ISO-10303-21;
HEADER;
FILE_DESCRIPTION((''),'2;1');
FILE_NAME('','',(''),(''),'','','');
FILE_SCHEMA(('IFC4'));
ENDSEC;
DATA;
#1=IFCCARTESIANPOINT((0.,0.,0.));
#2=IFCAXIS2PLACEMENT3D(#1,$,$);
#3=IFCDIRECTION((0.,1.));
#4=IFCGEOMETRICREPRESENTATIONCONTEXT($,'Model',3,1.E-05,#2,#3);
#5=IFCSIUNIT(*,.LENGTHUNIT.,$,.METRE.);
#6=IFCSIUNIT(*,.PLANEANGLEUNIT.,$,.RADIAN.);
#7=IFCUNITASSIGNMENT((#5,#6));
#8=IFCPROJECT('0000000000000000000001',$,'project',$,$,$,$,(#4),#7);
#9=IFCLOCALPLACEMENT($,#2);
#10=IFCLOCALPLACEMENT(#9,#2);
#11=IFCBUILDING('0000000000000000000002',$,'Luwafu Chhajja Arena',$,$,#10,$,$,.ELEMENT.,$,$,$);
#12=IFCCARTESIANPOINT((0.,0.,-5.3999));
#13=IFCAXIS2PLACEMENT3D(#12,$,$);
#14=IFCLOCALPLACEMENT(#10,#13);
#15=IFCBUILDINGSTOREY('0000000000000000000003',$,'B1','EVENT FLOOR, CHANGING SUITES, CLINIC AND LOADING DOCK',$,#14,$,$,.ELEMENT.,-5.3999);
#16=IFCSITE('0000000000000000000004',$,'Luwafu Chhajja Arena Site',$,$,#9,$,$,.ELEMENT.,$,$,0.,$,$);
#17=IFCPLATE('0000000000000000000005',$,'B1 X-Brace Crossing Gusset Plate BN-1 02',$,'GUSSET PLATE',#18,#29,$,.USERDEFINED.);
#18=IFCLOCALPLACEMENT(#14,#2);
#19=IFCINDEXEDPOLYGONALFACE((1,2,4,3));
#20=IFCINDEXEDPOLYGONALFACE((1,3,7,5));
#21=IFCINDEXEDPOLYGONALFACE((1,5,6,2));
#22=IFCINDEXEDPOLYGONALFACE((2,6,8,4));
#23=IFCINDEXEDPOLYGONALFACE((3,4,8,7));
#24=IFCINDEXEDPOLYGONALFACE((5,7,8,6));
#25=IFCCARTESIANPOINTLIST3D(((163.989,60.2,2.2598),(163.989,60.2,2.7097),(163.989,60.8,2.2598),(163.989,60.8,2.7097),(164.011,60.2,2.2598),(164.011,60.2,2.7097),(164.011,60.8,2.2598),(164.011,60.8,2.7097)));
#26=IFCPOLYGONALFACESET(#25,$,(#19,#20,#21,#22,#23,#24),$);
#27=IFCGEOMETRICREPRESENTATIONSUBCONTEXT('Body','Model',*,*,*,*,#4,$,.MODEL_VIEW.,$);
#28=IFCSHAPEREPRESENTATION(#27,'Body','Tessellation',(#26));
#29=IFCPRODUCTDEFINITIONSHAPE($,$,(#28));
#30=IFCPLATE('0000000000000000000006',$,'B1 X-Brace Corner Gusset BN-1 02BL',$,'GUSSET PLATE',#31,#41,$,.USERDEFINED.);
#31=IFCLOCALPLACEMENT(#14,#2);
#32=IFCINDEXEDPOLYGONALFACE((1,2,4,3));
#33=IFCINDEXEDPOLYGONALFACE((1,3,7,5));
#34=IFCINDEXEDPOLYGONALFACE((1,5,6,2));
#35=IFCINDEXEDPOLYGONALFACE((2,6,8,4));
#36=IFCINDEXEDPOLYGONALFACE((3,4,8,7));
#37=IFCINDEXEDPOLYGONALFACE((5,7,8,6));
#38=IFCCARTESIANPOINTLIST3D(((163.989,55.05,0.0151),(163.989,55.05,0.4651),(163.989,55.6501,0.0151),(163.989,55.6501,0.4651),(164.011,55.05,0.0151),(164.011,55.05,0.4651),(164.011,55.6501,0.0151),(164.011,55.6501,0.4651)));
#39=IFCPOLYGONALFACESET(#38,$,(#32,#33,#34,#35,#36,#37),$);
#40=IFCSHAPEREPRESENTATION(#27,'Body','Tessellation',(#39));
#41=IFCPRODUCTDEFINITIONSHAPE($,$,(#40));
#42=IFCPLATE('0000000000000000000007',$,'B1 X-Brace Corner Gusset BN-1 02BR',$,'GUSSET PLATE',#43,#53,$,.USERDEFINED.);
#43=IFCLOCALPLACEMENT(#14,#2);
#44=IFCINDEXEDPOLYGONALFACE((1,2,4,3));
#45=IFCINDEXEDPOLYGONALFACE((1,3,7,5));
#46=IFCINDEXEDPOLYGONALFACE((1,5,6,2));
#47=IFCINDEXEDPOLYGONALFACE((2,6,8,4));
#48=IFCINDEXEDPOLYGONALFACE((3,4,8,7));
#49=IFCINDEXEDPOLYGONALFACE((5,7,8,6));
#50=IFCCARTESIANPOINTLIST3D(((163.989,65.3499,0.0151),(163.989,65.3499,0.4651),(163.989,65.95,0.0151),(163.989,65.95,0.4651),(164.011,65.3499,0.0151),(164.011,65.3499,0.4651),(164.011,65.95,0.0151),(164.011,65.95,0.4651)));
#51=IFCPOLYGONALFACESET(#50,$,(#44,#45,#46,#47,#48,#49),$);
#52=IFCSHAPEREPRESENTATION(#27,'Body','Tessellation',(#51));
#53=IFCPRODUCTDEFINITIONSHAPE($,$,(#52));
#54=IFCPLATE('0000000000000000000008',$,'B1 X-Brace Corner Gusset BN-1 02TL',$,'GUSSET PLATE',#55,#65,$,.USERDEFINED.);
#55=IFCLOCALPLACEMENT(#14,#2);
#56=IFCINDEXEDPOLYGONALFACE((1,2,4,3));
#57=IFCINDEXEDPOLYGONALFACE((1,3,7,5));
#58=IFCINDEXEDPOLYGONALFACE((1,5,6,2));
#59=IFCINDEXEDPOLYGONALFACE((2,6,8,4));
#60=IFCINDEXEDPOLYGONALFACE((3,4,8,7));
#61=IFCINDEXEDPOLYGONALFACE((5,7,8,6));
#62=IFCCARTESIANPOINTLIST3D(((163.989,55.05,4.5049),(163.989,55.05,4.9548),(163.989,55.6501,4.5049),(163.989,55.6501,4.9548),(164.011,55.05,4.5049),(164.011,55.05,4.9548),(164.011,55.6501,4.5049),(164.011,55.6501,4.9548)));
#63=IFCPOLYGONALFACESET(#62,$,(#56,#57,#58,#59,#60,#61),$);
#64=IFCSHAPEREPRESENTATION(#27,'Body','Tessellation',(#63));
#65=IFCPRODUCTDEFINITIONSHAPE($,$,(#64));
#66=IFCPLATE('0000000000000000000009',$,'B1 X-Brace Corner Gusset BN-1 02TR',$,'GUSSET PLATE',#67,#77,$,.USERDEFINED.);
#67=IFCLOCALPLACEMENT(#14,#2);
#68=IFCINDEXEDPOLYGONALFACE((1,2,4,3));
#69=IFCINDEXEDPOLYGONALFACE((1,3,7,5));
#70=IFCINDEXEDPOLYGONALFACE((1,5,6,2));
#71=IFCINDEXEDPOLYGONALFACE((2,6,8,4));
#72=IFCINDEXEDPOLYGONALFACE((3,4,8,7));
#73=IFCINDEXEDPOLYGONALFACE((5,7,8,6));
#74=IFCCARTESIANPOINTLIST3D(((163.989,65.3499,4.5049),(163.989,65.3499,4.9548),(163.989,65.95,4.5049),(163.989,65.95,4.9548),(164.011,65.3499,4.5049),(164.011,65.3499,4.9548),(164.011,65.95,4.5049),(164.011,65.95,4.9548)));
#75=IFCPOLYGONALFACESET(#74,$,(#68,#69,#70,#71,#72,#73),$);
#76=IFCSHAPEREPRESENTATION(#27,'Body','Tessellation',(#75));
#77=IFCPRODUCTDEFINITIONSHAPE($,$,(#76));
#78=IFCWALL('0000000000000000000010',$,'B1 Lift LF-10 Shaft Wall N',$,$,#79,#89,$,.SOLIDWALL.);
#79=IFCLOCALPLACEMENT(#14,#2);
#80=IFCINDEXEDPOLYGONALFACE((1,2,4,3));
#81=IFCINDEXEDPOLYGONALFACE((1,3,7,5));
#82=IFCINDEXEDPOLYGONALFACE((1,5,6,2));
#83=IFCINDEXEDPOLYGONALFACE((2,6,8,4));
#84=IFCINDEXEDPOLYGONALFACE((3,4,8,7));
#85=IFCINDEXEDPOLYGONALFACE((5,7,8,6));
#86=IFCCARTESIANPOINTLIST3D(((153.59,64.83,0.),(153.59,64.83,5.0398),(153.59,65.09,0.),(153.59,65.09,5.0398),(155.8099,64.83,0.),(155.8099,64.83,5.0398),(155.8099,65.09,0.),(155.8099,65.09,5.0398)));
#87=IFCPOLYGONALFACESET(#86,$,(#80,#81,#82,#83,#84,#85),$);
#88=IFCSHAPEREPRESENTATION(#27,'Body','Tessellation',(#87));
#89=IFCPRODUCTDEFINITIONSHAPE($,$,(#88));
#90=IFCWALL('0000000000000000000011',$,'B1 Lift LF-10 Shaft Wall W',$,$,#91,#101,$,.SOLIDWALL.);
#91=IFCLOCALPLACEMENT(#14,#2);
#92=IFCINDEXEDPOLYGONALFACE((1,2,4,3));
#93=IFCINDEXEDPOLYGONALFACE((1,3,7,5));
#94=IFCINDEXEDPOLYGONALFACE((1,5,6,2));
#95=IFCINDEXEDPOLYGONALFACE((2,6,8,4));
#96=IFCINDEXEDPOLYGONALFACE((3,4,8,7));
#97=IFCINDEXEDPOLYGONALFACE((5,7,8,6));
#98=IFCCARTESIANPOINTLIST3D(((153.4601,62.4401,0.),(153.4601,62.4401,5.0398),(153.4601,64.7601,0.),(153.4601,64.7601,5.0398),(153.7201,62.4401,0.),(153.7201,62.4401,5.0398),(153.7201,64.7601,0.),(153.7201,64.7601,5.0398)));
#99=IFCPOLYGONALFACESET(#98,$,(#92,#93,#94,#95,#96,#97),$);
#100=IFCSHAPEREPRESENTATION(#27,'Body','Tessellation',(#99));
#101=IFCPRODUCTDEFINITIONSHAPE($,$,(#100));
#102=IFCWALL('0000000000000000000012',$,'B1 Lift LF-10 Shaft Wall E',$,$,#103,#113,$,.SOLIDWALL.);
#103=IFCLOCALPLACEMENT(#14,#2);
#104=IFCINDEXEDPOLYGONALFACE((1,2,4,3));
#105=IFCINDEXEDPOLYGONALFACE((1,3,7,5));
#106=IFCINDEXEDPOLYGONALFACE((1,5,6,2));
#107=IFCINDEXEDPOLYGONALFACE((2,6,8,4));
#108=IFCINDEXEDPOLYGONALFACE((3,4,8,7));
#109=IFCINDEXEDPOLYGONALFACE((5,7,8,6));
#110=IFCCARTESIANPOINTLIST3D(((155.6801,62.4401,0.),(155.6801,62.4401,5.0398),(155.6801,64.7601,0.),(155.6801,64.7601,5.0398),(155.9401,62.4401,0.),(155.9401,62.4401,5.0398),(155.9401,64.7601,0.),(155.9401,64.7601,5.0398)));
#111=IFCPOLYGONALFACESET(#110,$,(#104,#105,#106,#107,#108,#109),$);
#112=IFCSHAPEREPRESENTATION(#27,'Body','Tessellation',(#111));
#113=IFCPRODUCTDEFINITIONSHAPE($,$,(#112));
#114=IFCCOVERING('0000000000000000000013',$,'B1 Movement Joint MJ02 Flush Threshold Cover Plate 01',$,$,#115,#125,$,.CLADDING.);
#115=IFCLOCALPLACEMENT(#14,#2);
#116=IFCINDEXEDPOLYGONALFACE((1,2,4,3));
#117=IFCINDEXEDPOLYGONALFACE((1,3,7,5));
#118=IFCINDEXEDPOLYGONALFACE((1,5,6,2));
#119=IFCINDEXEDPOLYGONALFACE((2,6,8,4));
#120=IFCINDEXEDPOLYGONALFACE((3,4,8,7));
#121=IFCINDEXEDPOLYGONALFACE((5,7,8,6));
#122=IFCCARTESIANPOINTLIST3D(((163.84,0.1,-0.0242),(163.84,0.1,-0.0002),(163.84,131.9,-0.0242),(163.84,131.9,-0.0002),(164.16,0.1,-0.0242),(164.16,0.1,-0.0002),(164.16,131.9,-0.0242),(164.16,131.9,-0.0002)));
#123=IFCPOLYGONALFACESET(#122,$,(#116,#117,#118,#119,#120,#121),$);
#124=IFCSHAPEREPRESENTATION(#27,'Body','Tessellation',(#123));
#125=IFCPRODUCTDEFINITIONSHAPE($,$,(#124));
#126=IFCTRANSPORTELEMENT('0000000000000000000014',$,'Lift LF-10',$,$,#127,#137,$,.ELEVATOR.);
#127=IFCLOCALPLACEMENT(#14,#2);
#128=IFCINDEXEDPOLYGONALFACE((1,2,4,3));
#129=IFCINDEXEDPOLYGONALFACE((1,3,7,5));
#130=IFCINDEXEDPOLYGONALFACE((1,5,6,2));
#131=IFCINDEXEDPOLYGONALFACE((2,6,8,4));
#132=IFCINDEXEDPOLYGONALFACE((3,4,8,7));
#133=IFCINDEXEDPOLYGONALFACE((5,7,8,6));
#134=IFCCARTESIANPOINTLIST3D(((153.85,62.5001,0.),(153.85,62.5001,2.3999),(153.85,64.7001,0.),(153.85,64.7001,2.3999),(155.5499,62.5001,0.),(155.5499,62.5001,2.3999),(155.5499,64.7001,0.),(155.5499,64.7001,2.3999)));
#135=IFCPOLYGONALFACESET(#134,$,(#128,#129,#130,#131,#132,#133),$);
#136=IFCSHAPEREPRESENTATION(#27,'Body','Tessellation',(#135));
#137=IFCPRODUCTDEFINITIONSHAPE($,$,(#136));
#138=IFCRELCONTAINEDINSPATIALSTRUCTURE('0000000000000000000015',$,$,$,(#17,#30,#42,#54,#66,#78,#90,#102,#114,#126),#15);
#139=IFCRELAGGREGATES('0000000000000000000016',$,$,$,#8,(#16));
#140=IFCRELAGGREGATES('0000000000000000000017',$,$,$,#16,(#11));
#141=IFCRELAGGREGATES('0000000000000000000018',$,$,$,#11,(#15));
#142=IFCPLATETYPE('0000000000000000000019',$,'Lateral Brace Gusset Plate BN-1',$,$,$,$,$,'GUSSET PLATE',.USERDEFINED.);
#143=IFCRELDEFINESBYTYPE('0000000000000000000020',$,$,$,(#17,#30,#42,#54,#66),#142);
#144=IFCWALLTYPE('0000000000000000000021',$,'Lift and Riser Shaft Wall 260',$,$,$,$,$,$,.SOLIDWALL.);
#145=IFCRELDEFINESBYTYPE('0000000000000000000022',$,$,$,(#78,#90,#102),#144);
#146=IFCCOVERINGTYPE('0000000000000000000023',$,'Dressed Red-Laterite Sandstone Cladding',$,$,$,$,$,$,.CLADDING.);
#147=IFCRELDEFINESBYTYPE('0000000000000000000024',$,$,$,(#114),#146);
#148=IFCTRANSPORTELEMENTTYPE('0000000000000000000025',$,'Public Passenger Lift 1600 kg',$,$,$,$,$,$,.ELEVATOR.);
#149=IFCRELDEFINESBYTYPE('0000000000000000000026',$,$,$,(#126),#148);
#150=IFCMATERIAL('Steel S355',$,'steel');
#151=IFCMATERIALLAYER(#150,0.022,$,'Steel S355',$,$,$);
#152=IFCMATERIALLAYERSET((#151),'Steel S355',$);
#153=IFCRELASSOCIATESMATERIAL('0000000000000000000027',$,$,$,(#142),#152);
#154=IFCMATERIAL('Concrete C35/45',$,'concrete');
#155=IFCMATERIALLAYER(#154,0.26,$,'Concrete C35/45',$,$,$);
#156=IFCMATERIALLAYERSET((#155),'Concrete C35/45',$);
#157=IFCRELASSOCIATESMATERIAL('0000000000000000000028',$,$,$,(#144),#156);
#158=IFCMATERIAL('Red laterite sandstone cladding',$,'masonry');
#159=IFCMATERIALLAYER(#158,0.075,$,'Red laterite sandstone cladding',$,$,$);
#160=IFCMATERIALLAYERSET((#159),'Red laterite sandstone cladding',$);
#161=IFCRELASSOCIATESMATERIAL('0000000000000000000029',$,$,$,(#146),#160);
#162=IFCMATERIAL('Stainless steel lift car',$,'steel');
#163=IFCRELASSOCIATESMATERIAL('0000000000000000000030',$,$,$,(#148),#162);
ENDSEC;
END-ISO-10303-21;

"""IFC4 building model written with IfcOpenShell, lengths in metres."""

from ifc_helpers import new_model, si_unit, direction, frame, frame_2d, origin, origin_2d, place, context, subcontext, project, spatial, rectangle, extrude, material, layer, layer_set, type_object, element, save


model = new_model("IFC4")

# Units and contexts
model_context = context("Model", 3, precision=1e-05, world=origin(), true_north=direction((0.0, 1.0)))
body_context = subcontext(model_context, "Body", "Model", "MODEL_VIEW")
ifc_project = project(units=[si_unit("LENGTHUNIT", "METRE"), si_unit("PLANEANGLEUNIT", "RADIAN")], contexts=[model_context])

# Site, building, storey
site_placement = place(None, origin())
site = spatial("IfcSite", under=ifc_project, at=site_placement, Name="Luwafu Chhajja Arena Site", CompositionType="ELEMENT", RefElevation=0.0)
building_placement = place(site_placement, origin())
building = spatial("IfcBuilding", under=site, at=building_placement, Name="Luwafu Chhajja Arena", CompositionType="ELEMENT")
storey_placement = place(building_placement, frame((0.0, 0.0, -5.3999)))
storey = spatial("IfcBuildingStorey", under=building, at=storey_placement, Name="B1", Description="EVENT FLOOR, CHANGING SUITES, CLINIC AND LOADING DOCK", CompositionType="ELEMENT", Elevation=-5.3999)

# Shared definitions
ifc_material_1 = material(Name="Concrete C35/45", Category="concrete")

# Shared definitions
ifc_material_2 = material(Name="Steel S355", Category="steel")

# Plates
ifc_layer_1 = layer(ifc_material_2, 0.022, Name="Steel S355")
ifc_layer_set_1 = layer_set([ifc_layer_1], Name="Steel S355")
plate_type = type_object("IfcPlateType", Name="Lateral Brace Gusset Plate BN-1", ElementType="GUSSET PLATE", PredefinedType="USERDEFINED", material=ifc_layer_set_1)
for number, where, z_axis, x_axis, name in (
    (1, (164.0, 60.5, 2.2598), (0.0, 0.0, 1.0), (1.0, 0.0, 0.0), "B1 X-Brace Crossing Gusset Plate BN-1 02"),
    (2, (164.0, 55.3501, 0.0151), (0.0, 0.0, 1.0), (1.0, 0.0, 0.0), "B1 X-Brace Corner Gusset BN-1 02BL"),
    (3, (164.0, 65.6499, 0.0151), (0.0, 0.0, 1.0), (1.0, 0.0, 0.0), "B1 X-Brace Corner Gusset BN-1 02BR"),
    (4, (164.0, 55.3501, 4.5049), (0.0, 0.0, 1.0), (1.0, 0.0, 0.0), "B1 X-Brace Corner Gusset BN-1 02TL"),
    (5, (164.0, 65.6499, 4.5049), (0.0, 0.0, 1.0), (1.0, 0.0, 0.0), "B1 X-Brace Corner Gusset BN-1 02TR"),
):
    element("IfcPlate", number, at=place(storey_placement, frame(where, z_axis=z_axis, x_axis=x_axis)), inside=storey, type_object=plate_type, Name=name, ObjectType="GUSSET PLATE", PredefinedType="USERDEFINED", context=body_context, shape_type="SweptSolid", body=[
        extrude(rectangle(XDim=0.022, YDim=0.6001, at=origin_2d()), origin(), (0.0, 0.0, 1.0), 0.45),
    ])

# Shared definitions
ifc_layer_2 = layer(ifc_material_1, 0.26, Name="Concrete C35/45")
ifc_layer_set_2 = layer_set([ifc_layer_2], Name="Concrete C35/45")
wall_type = type_object("IfcWallType", Name="Lift and Riser Shaft Wall 260", PredefinedType="SOLIDWALL", material=ifc_layer_set_2)

# Walls
wall_1_placement = place(storey_placement, frame((153.5901, 64.96, 0.0), z_axis=(0.0, 0.0, 1.0), x_axis=(1.0, 0.0, 0.0)))
element("IfcWall", 6, at=wall_1_placement, inside=storey, type_object=wall_type, Name="B1 Lift LF-10 Shaft Wall N", PredefinedType="SOLIDWALL", context=body_context, shape_type="SweptSolid", body=[
    extrude(rectangle(XDim=2.22, YDim=0.26, at=frame_2d((1.1099, 0.0))), origin(), (0.0, 0.0, 1.0), 5.0398),
])
for number, where, z_axis, x_axis, name in (
    (7, (153.5901, 62.4399, 0.0), (0.0, 0.0, 1.0), (0.0, 1.0, 0.0), "B1 Lift LF-10 Shaft Wall W"),
    (8, (155.8101, 62.4399, 0.0), (0.0, 0.0, 1.0), (0.0, 1.0, 0.0), "B1 Lift LF-10 Shaft Wall E"),
):
    element("IfcWall", number, at=place(storey_placement, frame(where, z_axis=z_axis, x_axis=x_axis)), inside=storey, type_object=wall_type, Name=name, PredefinedType="SOLIDWALL", context=body_context, shape_type="SweptSolid", body=[
        extrude(rectangle(XDim=2.3201, YDim=0.26, at=frame_2d((1.1602, 0.0))), origin(), (0.0, 0.0, 1.0), 5.0398),
    ])

# Covering
ifc_material_3 = material(Name="Red laterite sandstone cladding", Category="masonry")
ifc_layer_3 = layer(ifc_material_3, 0.075, Name="Red laterite sandstone cladding")
ifc_layer_set_3 = layer_set([ifc_layer_3], Name="Red laterite sandstone cladding")
covering_type = type_object("IfcCoveringType", Name="Dressed Red-Laterite Sandstone Cladding", PredefinedType="CLADDING", material=ifc_layer_set_3)
covering_placement = place(storey_placement, frame((164.0, 66.0, -0.0242), z_axis=(0.0, 0.0, 1.0), x_axis=(1.0, 0.0, 0.0)))
element("IfcCovering", 9, at=covering_placement, inside=storey, type_object=covering_type, Name="B1 Movement Joint MJ02 Flush Threshold Cover Plate 01", PredefinedType="CLADDING", context=body_context, shape_type="SweptSolid", body=[
    extrude(rectangle(XDim=0.3201, YDim=131.8, at=origin_2d()), origin(), (0.0, 0.0, 1.0), 0.0239),
])

# Transport element
ifc_material_4 = material(Name="Stainless steel lift car", Category="steel")
transport_element_type = type_object("IfcTransportElementType", Name="Public Passenger Lift 1600 kg", PredefinedType="ELEVATOR", material=ifc_material_4)
transport_element_placement = place(storey_placement, frame((154.7, 63.6001, 0.0), z_axis=(0.0, 0.0, 1.0), x_axis=(1.0, 0.0, 0.0)))
element("IfcTransportElement", 10, at=transport_element_placement, inside=storey, type_object=transport_element_type, Name="Lift LF-10", PredefinedType="ELEVATOR", context=body_context, shape_type="SweptSolid", body=[
    extrude(rectangle(XDim=1.7, YDim=2.2, at=origin_2d()), origin(), (0.0, 0.0, 1.0), 2.3999),
])

save(model, "model.ifc")
